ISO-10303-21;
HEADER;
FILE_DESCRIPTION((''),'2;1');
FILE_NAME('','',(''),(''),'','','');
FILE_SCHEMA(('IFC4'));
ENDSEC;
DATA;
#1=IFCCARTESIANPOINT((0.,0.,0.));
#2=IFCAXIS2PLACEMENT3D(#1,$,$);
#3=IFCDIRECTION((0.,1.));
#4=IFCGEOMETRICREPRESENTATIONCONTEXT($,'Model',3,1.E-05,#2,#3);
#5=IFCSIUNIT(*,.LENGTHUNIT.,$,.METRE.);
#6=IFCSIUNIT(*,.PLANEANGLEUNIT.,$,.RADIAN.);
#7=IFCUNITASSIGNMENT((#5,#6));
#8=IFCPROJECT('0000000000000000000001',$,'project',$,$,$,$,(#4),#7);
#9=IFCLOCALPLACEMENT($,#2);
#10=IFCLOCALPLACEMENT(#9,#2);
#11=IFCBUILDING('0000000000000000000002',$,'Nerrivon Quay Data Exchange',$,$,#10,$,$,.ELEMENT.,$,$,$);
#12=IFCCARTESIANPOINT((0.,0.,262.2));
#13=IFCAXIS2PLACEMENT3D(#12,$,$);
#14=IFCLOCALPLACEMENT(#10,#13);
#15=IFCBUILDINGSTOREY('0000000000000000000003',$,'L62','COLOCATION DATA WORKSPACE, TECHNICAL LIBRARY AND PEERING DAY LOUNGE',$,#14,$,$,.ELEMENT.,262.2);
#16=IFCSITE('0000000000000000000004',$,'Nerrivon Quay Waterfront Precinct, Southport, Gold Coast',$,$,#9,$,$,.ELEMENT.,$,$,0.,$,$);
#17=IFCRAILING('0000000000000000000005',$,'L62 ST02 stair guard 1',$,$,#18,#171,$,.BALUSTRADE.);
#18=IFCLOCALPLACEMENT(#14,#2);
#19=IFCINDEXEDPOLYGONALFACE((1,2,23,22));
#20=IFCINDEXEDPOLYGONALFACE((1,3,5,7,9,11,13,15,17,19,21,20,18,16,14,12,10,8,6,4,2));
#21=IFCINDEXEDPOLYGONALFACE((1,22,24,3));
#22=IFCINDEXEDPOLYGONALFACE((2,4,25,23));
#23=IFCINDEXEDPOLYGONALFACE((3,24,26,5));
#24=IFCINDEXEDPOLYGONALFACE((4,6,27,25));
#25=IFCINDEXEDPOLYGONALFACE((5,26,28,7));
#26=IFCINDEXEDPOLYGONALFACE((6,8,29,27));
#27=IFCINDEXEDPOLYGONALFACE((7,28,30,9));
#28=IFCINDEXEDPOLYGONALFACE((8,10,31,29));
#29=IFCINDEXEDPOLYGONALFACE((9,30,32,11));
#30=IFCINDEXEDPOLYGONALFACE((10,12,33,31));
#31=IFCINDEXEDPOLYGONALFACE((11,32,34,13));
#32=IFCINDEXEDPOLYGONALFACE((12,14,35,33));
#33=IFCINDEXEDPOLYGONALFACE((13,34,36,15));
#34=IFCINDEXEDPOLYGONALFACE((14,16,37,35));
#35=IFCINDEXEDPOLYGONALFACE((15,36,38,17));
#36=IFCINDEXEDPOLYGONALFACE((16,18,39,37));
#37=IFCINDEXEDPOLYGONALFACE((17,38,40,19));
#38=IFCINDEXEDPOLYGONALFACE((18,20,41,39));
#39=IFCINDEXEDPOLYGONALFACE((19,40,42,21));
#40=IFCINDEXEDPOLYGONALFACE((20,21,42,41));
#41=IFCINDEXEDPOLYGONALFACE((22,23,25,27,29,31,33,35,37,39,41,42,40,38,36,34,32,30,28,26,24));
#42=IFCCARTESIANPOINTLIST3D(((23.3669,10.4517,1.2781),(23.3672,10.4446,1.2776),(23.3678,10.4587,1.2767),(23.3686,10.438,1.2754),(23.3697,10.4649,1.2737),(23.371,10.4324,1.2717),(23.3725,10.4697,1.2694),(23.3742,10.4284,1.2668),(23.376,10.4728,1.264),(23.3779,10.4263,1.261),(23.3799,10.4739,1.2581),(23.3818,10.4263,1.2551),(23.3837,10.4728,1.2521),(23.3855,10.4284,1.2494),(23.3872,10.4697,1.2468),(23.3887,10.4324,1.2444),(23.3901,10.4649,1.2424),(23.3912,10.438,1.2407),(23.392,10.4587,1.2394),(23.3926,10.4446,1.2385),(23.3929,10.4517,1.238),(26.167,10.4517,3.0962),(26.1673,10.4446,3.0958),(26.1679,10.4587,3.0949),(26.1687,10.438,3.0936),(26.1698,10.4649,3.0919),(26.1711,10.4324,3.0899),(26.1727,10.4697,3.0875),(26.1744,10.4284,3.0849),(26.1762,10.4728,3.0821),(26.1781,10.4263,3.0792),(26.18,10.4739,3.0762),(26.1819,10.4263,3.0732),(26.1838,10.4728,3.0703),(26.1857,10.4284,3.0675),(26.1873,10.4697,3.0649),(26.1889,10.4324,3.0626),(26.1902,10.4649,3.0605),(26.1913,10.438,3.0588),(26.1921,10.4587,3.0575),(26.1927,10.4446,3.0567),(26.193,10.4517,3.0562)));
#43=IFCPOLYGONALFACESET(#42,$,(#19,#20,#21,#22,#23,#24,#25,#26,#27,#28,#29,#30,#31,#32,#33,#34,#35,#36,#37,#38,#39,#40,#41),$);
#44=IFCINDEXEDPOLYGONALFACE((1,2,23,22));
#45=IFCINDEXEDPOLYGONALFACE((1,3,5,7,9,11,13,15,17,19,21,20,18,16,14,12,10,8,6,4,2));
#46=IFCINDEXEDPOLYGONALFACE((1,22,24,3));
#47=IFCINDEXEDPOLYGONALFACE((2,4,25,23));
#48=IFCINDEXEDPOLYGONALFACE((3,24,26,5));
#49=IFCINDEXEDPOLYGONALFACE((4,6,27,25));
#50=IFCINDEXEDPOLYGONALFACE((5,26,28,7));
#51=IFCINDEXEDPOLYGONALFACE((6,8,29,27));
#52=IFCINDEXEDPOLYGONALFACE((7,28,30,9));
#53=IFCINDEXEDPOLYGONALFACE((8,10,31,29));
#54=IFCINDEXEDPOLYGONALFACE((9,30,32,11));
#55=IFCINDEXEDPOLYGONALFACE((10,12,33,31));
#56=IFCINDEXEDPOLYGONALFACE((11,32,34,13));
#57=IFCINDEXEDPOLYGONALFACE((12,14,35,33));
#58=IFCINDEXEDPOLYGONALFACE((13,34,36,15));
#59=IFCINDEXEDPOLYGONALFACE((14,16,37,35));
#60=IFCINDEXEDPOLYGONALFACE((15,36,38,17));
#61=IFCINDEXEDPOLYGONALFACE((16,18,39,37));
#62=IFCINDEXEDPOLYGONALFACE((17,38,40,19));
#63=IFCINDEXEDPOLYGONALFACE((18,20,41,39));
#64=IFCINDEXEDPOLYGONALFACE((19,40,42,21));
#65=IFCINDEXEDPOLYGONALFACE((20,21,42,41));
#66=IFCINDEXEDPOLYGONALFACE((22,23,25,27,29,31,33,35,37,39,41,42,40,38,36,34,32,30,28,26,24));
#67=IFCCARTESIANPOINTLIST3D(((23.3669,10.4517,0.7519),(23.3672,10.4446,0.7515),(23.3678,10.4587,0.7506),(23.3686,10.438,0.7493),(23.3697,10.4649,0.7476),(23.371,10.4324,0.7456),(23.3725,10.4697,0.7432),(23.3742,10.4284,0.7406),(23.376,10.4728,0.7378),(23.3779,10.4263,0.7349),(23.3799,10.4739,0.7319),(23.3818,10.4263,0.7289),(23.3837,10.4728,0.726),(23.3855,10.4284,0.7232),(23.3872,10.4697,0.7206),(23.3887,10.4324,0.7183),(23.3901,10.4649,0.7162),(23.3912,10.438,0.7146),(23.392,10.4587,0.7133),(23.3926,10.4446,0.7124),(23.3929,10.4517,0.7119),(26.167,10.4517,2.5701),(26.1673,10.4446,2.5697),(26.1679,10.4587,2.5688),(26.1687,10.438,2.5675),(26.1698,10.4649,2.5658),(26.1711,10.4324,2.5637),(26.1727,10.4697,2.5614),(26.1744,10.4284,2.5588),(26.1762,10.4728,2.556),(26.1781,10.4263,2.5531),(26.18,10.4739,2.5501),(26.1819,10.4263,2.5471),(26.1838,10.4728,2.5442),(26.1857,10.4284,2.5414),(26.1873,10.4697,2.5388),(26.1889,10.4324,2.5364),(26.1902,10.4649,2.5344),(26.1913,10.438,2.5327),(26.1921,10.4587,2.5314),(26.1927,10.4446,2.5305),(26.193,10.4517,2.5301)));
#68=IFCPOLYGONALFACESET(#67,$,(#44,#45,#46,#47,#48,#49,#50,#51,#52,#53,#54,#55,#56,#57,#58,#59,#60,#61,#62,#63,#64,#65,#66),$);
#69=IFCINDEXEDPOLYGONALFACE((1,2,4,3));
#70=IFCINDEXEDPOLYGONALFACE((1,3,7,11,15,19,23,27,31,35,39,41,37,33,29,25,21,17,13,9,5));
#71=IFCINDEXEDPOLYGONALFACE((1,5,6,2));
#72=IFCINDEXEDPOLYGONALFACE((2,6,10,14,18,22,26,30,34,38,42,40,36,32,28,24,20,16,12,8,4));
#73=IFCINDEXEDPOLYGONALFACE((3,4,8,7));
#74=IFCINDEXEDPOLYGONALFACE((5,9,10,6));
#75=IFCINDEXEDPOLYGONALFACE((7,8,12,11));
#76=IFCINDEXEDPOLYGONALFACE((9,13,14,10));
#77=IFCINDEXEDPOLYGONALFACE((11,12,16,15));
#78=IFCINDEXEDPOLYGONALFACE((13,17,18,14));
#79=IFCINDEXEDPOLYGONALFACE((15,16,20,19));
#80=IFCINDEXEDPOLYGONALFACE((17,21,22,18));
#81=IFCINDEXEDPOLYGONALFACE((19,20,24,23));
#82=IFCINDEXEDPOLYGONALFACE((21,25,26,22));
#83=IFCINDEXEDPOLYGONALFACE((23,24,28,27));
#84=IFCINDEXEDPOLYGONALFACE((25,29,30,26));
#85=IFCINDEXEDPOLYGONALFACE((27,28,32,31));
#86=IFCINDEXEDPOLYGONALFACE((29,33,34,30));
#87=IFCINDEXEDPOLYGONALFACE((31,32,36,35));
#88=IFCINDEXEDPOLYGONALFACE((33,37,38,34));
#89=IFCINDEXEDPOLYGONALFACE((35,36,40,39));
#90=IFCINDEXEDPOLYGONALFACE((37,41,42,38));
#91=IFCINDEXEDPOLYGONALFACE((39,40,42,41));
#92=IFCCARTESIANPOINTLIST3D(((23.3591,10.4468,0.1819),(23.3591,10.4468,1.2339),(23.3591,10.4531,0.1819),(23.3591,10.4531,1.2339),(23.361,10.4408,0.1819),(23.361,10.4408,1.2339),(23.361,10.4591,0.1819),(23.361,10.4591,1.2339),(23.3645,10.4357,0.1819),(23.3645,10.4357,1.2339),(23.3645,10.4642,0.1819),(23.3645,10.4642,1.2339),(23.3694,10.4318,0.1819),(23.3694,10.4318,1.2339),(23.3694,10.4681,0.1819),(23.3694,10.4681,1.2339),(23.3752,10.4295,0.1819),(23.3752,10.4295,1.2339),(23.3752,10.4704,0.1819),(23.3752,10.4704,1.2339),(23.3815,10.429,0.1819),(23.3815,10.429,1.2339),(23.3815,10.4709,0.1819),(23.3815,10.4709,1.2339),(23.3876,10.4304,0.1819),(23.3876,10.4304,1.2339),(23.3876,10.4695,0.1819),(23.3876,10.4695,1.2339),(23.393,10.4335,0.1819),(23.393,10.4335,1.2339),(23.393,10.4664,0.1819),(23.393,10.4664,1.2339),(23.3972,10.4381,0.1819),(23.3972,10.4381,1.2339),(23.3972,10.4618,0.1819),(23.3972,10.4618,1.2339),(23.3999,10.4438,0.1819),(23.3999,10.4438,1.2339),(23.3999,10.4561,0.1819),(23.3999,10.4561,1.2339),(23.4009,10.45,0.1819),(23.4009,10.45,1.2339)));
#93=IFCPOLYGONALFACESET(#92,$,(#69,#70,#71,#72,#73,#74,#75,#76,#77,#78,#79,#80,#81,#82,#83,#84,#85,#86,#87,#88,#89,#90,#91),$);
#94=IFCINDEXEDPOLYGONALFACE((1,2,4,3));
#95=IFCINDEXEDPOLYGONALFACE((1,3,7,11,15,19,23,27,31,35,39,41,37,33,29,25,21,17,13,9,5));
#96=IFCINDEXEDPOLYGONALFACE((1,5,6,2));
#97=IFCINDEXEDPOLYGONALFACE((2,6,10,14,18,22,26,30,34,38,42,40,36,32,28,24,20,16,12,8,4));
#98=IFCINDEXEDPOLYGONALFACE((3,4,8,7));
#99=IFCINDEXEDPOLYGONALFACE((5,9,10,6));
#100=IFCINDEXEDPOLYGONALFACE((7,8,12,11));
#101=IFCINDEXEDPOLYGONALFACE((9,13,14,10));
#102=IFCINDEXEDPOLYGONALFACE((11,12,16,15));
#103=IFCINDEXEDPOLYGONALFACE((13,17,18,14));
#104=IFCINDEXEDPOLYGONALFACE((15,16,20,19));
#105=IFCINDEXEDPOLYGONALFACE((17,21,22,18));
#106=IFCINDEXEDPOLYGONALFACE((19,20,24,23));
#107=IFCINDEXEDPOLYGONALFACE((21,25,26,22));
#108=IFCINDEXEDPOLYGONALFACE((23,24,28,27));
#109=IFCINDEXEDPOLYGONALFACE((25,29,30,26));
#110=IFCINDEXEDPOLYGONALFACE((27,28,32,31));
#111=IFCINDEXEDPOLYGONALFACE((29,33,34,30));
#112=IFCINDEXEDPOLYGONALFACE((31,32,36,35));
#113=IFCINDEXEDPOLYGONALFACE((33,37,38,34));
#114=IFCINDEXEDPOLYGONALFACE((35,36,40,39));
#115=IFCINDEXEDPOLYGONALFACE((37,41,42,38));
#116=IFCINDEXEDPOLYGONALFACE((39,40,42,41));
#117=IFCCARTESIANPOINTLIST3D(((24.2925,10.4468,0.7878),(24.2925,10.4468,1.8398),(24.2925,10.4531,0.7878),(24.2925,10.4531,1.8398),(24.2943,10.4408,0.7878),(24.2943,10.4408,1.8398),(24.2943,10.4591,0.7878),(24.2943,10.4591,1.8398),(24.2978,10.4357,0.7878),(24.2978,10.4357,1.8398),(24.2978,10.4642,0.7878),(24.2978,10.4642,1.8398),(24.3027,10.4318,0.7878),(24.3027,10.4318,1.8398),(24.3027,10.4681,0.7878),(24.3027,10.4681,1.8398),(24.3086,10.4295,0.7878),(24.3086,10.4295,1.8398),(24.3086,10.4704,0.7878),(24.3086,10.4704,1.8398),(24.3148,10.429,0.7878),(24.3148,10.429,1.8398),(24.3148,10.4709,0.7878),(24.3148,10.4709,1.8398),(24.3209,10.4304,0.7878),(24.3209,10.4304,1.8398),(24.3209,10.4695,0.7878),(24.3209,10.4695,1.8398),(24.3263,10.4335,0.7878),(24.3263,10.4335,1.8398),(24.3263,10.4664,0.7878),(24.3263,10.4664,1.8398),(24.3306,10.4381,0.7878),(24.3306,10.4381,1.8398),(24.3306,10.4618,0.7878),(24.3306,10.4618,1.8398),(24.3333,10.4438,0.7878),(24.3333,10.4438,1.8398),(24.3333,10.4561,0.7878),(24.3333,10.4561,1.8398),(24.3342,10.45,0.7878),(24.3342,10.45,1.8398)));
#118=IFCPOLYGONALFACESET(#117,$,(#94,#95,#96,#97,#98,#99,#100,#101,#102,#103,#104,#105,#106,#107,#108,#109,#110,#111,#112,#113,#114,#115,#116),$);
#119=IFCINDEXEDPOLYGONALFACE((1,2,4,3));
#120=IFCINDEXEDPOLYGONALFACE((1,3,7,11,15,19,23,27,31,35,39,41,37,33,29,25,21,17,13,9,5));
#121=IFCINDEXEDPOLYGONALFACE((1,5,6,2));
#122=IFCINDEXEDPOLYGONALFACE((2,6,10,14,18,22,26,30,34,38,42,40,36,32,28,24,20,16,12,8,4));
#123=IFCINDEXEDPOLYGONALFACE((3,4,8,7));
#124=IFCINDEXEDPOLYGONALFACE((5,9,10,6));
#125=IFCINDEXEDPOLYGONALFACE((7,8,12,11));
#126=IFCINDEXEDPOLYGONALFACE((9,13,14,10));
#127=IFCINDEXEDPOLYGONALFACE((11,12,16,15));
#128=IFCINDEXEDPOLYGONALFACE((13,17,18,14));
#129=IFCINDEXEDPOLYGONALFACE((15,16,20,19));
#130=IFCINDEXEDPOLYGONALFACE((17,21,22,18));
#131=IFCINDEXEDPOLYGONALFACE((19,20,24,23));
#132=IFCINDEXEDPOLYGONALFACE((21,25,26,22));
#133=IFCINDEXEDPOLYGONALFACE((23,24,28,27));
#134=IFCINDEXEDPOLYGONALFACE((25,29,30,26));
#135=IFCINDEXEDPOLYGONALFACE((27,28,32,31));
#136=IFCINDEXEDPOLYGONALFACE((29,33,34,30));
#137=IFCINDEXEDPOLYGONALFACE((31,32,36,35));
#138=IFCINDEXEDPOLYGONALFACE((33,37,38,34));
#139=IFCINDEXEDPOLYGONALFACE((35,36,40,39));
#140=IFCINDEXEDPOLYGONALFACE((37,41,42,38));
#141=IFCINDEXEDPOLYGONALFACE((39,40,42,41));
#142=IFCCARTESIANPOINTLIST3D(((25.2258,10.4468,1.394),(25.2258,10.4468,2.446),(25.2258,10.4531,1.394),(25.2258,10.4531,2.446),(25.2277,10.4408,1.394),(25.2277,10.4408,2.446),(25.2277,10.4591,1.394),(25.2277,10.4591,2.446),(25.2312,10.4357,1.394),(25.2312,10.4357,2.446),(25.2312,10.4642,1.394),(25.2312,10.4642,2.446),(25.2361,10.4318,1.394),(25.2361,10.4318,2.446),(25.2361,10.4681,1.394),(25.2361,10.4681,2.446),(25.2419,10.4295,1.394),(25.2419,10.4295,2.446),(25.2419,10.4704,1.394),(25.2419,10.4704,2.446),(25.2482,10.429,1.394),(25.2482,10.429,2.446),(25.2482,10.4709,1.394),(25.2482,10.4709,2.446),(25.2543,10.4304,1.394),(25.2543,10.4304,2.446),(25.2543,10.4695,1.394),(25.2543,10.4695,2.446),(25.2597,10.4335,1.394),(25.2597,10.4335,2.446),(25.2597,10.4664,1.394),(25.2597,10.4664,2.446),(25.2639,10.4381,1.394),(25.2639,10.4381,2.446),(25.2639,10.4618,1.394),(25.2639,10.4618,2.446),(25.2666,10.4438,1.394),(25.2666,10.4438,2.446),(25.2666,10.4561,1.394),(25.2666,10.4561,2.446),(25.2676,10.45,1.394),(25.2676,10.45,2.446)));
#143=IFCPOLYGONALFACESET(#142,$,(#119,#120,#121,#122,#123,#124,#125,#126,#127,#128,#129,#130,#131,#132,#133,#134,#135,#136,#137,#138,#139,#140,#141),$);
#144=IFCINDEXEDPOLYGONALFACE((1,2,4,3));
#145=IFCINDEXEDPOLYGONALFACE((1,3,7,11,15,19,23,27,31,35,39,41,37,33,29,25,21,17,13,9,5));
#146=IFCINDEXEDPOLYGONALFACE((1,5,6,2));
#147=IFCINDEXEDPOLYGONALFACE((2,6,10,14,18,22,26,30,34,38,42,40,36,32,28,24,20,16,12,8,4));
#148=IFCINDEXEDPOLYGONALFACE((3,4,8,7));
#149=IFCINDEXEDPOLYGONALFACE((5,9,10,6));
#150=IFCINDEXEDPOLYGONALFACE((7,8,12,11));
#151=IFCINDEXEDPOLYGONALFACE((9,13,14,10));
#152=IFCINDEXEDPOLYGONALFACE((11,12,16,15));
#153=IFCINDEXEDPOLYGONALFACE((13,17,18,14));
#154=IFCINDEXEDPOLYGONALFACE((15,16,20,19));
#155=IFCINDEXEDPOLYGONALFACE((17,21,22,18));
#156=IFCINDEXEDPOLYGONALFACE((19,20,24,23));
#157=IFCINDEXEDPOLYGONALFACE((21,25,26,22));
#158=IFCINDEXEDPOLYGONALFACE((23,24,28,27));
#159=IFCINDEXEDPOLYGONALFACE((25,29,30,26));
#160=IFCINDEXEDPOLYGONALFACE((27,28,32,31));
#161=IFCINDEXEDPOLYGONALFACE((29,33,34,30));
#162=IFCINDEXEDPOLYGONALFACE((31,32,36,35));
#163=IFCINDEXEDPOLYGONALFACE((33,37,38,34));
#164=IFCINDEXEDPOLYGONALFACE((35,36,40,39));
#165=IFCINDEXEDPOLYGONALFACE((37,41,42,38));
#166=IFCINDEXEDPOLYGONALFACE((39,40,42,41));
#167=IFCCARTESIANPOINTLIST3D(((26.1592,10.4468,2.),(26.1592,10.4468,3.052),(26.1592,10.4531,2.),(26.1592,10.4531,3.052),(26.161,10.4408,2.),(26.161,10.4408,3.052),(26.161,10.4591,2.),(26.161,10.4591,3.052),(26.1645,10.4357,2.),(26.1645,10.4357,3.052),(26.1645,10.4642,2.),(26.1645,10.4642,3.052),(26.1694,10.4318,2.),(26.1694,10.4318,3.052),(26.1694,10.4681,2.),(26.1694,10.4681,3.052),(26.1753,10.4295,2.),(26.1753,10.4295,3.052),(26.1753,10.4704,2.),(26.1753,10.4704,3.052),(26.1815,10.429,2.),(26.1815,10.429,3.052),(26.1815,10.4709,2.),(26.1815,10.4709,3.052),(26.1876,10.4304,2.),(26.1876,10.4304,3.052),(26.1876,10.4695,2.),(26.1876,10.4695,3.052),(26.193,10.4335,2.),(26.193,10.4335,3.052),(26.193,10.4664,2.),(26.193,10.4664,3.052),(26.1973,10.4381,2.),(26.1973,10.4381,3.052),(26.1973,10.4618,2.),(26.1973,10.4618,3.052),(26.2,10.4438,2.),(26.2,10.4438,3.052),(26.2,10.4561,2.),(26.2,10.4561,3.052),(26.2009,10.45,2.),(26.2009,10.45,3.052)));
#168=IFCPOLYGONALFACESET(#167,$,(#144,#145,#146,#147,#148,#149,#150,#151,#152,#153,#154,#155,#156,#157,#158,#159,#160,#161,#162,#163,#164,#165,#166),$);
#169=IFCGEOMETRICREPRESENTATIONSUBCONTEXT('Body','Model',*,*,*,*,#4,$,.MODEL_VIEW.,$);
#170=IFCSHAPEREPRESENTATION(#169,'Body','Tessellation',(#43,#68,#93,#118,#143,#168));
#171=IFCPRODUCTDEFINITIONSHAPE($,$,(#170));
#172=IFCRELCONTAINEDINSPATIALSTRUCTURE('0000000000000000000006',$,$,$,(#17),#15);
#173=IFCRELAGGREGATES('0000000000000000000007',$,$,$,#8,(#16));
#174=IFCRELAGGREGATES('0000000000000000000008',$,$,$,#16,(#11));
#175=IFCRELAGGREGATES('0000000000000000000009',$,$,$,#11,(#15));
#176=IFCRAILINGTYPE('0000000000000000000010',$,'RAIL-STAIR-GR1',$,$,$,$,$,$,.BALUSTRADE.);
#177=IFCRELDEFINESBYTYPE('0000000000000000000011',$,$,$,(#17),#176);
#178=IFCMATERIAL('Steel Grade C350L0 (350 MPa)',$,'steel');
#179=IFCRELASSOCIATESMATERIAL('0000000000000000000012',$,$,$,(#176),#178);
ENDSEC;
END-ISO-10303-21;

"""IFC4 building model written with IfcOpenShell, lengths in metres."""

from ifc_helpers import new_model, si_unit, direction, frame, origin, origin_2d, place, context, subcontext, project, spatial, circle, extrude, material, type_object, element, save


model = new_model("IFC4")

# Units and contexts
model_context = context("Model", 3, precision=1e-05, world=origin(), true_north=direction((0.0, 1.0)))
body_context = subcontext(model_context, "Body", "Model", "MODEL_VIEW")
ifc_project = project(units=[si_unit("LENGTHUNIT", "METRE"), si_unit("PLANEANGLEUNIT", "RADIAN")], contexts=[model_context])

# Site, building, storey
site_placement = place(None, origin())
site = spatial("IfcSite", under=ifc_project, at=site_placement, Name="Nerrivon Quay Waterfront Precinct, Southport, Gold Coast", CompositionType="ELEMENT", RefElevation=0.0)
building_placement = place(site_placement, origin())
building = spatial("IfcBuilding", under=site, at=building_placement, Name="Nerrivon Quay Data Exchange", CompositionType="ELEMENT")
storey_placement = place(building_placement, frame((0.0, 0.0, 262.2)))
storey = spatial("IfcBuildingStorey", under=building, at=storey_placement, Name="L62", Description="COLOCATION DATA WORKSPACE, TECHNICAL LIBRARY AND PEERING DAY LOUNGE", CompositionType="ELEMENT", Elevation=262.2)

# Railing
ifc_material_1 = material(Name="Steel Grade C350L0 (350 MPa)", Category="steel")
railing_type_1 = type_object("IfcRailingType", Name="RAIL-STAIR-GR1", PredefinedType="BALUSTRADE", material=ifc_material_1)
railing_1_placement = place(storey_placement, frame((23.3799, 10.45, 0.1819)))
element("IfcRailing", 1, at=railing_1_placement, inside=storey, type_object=railing_type_1, Name="L62 ST02 stair guard 1", PredefinedType="BALUSTRADE", context=body_context, shape_type="SweptSolid", body=[
    extrude(circle(Radius=0.0239, at=origin_2d()), frame((0.0, 0.0, 1.0762), z_axis=(0.838706, 0.0, 0.544585), x_axis=(0.0, 1.0, 0.0)), (0.0, 0.0, 1.0), 3.3386),
    extrude(circle(Radius=0.0239, at=origin_2d()), frame((0.0, 0.0, 0.55), z_axis=(0.838706, 0.0, 0.544585), x_axis=(0.0, 1.0, 0.0)), (0.0, 0.0, 1.0), 3.3386),
    extrude(circle(Radius=0.021, at=origin_2d()), origin(), (0.0, 0.0, 1.0), 1.052),
    extrude(circle(Radius=0.021, at=origin_2d()), frame((0.9333, 0.0, 0.606)), (0.0, 0.0, 1.0), 1.052),
    extrude(circle(Radius=0.021, at=origin_2d()), frame((1.8667, 0.0, 1.2122)), (0.0, 0.0, 1.0), 1.052),
    extrude(circle(Radius=0.021, at=origin_2d()), frame((2.8, 0.0, 1.8181)), (0.0, 0.0, 1.0), 1.052),
])

save(model, "model.ifc")
